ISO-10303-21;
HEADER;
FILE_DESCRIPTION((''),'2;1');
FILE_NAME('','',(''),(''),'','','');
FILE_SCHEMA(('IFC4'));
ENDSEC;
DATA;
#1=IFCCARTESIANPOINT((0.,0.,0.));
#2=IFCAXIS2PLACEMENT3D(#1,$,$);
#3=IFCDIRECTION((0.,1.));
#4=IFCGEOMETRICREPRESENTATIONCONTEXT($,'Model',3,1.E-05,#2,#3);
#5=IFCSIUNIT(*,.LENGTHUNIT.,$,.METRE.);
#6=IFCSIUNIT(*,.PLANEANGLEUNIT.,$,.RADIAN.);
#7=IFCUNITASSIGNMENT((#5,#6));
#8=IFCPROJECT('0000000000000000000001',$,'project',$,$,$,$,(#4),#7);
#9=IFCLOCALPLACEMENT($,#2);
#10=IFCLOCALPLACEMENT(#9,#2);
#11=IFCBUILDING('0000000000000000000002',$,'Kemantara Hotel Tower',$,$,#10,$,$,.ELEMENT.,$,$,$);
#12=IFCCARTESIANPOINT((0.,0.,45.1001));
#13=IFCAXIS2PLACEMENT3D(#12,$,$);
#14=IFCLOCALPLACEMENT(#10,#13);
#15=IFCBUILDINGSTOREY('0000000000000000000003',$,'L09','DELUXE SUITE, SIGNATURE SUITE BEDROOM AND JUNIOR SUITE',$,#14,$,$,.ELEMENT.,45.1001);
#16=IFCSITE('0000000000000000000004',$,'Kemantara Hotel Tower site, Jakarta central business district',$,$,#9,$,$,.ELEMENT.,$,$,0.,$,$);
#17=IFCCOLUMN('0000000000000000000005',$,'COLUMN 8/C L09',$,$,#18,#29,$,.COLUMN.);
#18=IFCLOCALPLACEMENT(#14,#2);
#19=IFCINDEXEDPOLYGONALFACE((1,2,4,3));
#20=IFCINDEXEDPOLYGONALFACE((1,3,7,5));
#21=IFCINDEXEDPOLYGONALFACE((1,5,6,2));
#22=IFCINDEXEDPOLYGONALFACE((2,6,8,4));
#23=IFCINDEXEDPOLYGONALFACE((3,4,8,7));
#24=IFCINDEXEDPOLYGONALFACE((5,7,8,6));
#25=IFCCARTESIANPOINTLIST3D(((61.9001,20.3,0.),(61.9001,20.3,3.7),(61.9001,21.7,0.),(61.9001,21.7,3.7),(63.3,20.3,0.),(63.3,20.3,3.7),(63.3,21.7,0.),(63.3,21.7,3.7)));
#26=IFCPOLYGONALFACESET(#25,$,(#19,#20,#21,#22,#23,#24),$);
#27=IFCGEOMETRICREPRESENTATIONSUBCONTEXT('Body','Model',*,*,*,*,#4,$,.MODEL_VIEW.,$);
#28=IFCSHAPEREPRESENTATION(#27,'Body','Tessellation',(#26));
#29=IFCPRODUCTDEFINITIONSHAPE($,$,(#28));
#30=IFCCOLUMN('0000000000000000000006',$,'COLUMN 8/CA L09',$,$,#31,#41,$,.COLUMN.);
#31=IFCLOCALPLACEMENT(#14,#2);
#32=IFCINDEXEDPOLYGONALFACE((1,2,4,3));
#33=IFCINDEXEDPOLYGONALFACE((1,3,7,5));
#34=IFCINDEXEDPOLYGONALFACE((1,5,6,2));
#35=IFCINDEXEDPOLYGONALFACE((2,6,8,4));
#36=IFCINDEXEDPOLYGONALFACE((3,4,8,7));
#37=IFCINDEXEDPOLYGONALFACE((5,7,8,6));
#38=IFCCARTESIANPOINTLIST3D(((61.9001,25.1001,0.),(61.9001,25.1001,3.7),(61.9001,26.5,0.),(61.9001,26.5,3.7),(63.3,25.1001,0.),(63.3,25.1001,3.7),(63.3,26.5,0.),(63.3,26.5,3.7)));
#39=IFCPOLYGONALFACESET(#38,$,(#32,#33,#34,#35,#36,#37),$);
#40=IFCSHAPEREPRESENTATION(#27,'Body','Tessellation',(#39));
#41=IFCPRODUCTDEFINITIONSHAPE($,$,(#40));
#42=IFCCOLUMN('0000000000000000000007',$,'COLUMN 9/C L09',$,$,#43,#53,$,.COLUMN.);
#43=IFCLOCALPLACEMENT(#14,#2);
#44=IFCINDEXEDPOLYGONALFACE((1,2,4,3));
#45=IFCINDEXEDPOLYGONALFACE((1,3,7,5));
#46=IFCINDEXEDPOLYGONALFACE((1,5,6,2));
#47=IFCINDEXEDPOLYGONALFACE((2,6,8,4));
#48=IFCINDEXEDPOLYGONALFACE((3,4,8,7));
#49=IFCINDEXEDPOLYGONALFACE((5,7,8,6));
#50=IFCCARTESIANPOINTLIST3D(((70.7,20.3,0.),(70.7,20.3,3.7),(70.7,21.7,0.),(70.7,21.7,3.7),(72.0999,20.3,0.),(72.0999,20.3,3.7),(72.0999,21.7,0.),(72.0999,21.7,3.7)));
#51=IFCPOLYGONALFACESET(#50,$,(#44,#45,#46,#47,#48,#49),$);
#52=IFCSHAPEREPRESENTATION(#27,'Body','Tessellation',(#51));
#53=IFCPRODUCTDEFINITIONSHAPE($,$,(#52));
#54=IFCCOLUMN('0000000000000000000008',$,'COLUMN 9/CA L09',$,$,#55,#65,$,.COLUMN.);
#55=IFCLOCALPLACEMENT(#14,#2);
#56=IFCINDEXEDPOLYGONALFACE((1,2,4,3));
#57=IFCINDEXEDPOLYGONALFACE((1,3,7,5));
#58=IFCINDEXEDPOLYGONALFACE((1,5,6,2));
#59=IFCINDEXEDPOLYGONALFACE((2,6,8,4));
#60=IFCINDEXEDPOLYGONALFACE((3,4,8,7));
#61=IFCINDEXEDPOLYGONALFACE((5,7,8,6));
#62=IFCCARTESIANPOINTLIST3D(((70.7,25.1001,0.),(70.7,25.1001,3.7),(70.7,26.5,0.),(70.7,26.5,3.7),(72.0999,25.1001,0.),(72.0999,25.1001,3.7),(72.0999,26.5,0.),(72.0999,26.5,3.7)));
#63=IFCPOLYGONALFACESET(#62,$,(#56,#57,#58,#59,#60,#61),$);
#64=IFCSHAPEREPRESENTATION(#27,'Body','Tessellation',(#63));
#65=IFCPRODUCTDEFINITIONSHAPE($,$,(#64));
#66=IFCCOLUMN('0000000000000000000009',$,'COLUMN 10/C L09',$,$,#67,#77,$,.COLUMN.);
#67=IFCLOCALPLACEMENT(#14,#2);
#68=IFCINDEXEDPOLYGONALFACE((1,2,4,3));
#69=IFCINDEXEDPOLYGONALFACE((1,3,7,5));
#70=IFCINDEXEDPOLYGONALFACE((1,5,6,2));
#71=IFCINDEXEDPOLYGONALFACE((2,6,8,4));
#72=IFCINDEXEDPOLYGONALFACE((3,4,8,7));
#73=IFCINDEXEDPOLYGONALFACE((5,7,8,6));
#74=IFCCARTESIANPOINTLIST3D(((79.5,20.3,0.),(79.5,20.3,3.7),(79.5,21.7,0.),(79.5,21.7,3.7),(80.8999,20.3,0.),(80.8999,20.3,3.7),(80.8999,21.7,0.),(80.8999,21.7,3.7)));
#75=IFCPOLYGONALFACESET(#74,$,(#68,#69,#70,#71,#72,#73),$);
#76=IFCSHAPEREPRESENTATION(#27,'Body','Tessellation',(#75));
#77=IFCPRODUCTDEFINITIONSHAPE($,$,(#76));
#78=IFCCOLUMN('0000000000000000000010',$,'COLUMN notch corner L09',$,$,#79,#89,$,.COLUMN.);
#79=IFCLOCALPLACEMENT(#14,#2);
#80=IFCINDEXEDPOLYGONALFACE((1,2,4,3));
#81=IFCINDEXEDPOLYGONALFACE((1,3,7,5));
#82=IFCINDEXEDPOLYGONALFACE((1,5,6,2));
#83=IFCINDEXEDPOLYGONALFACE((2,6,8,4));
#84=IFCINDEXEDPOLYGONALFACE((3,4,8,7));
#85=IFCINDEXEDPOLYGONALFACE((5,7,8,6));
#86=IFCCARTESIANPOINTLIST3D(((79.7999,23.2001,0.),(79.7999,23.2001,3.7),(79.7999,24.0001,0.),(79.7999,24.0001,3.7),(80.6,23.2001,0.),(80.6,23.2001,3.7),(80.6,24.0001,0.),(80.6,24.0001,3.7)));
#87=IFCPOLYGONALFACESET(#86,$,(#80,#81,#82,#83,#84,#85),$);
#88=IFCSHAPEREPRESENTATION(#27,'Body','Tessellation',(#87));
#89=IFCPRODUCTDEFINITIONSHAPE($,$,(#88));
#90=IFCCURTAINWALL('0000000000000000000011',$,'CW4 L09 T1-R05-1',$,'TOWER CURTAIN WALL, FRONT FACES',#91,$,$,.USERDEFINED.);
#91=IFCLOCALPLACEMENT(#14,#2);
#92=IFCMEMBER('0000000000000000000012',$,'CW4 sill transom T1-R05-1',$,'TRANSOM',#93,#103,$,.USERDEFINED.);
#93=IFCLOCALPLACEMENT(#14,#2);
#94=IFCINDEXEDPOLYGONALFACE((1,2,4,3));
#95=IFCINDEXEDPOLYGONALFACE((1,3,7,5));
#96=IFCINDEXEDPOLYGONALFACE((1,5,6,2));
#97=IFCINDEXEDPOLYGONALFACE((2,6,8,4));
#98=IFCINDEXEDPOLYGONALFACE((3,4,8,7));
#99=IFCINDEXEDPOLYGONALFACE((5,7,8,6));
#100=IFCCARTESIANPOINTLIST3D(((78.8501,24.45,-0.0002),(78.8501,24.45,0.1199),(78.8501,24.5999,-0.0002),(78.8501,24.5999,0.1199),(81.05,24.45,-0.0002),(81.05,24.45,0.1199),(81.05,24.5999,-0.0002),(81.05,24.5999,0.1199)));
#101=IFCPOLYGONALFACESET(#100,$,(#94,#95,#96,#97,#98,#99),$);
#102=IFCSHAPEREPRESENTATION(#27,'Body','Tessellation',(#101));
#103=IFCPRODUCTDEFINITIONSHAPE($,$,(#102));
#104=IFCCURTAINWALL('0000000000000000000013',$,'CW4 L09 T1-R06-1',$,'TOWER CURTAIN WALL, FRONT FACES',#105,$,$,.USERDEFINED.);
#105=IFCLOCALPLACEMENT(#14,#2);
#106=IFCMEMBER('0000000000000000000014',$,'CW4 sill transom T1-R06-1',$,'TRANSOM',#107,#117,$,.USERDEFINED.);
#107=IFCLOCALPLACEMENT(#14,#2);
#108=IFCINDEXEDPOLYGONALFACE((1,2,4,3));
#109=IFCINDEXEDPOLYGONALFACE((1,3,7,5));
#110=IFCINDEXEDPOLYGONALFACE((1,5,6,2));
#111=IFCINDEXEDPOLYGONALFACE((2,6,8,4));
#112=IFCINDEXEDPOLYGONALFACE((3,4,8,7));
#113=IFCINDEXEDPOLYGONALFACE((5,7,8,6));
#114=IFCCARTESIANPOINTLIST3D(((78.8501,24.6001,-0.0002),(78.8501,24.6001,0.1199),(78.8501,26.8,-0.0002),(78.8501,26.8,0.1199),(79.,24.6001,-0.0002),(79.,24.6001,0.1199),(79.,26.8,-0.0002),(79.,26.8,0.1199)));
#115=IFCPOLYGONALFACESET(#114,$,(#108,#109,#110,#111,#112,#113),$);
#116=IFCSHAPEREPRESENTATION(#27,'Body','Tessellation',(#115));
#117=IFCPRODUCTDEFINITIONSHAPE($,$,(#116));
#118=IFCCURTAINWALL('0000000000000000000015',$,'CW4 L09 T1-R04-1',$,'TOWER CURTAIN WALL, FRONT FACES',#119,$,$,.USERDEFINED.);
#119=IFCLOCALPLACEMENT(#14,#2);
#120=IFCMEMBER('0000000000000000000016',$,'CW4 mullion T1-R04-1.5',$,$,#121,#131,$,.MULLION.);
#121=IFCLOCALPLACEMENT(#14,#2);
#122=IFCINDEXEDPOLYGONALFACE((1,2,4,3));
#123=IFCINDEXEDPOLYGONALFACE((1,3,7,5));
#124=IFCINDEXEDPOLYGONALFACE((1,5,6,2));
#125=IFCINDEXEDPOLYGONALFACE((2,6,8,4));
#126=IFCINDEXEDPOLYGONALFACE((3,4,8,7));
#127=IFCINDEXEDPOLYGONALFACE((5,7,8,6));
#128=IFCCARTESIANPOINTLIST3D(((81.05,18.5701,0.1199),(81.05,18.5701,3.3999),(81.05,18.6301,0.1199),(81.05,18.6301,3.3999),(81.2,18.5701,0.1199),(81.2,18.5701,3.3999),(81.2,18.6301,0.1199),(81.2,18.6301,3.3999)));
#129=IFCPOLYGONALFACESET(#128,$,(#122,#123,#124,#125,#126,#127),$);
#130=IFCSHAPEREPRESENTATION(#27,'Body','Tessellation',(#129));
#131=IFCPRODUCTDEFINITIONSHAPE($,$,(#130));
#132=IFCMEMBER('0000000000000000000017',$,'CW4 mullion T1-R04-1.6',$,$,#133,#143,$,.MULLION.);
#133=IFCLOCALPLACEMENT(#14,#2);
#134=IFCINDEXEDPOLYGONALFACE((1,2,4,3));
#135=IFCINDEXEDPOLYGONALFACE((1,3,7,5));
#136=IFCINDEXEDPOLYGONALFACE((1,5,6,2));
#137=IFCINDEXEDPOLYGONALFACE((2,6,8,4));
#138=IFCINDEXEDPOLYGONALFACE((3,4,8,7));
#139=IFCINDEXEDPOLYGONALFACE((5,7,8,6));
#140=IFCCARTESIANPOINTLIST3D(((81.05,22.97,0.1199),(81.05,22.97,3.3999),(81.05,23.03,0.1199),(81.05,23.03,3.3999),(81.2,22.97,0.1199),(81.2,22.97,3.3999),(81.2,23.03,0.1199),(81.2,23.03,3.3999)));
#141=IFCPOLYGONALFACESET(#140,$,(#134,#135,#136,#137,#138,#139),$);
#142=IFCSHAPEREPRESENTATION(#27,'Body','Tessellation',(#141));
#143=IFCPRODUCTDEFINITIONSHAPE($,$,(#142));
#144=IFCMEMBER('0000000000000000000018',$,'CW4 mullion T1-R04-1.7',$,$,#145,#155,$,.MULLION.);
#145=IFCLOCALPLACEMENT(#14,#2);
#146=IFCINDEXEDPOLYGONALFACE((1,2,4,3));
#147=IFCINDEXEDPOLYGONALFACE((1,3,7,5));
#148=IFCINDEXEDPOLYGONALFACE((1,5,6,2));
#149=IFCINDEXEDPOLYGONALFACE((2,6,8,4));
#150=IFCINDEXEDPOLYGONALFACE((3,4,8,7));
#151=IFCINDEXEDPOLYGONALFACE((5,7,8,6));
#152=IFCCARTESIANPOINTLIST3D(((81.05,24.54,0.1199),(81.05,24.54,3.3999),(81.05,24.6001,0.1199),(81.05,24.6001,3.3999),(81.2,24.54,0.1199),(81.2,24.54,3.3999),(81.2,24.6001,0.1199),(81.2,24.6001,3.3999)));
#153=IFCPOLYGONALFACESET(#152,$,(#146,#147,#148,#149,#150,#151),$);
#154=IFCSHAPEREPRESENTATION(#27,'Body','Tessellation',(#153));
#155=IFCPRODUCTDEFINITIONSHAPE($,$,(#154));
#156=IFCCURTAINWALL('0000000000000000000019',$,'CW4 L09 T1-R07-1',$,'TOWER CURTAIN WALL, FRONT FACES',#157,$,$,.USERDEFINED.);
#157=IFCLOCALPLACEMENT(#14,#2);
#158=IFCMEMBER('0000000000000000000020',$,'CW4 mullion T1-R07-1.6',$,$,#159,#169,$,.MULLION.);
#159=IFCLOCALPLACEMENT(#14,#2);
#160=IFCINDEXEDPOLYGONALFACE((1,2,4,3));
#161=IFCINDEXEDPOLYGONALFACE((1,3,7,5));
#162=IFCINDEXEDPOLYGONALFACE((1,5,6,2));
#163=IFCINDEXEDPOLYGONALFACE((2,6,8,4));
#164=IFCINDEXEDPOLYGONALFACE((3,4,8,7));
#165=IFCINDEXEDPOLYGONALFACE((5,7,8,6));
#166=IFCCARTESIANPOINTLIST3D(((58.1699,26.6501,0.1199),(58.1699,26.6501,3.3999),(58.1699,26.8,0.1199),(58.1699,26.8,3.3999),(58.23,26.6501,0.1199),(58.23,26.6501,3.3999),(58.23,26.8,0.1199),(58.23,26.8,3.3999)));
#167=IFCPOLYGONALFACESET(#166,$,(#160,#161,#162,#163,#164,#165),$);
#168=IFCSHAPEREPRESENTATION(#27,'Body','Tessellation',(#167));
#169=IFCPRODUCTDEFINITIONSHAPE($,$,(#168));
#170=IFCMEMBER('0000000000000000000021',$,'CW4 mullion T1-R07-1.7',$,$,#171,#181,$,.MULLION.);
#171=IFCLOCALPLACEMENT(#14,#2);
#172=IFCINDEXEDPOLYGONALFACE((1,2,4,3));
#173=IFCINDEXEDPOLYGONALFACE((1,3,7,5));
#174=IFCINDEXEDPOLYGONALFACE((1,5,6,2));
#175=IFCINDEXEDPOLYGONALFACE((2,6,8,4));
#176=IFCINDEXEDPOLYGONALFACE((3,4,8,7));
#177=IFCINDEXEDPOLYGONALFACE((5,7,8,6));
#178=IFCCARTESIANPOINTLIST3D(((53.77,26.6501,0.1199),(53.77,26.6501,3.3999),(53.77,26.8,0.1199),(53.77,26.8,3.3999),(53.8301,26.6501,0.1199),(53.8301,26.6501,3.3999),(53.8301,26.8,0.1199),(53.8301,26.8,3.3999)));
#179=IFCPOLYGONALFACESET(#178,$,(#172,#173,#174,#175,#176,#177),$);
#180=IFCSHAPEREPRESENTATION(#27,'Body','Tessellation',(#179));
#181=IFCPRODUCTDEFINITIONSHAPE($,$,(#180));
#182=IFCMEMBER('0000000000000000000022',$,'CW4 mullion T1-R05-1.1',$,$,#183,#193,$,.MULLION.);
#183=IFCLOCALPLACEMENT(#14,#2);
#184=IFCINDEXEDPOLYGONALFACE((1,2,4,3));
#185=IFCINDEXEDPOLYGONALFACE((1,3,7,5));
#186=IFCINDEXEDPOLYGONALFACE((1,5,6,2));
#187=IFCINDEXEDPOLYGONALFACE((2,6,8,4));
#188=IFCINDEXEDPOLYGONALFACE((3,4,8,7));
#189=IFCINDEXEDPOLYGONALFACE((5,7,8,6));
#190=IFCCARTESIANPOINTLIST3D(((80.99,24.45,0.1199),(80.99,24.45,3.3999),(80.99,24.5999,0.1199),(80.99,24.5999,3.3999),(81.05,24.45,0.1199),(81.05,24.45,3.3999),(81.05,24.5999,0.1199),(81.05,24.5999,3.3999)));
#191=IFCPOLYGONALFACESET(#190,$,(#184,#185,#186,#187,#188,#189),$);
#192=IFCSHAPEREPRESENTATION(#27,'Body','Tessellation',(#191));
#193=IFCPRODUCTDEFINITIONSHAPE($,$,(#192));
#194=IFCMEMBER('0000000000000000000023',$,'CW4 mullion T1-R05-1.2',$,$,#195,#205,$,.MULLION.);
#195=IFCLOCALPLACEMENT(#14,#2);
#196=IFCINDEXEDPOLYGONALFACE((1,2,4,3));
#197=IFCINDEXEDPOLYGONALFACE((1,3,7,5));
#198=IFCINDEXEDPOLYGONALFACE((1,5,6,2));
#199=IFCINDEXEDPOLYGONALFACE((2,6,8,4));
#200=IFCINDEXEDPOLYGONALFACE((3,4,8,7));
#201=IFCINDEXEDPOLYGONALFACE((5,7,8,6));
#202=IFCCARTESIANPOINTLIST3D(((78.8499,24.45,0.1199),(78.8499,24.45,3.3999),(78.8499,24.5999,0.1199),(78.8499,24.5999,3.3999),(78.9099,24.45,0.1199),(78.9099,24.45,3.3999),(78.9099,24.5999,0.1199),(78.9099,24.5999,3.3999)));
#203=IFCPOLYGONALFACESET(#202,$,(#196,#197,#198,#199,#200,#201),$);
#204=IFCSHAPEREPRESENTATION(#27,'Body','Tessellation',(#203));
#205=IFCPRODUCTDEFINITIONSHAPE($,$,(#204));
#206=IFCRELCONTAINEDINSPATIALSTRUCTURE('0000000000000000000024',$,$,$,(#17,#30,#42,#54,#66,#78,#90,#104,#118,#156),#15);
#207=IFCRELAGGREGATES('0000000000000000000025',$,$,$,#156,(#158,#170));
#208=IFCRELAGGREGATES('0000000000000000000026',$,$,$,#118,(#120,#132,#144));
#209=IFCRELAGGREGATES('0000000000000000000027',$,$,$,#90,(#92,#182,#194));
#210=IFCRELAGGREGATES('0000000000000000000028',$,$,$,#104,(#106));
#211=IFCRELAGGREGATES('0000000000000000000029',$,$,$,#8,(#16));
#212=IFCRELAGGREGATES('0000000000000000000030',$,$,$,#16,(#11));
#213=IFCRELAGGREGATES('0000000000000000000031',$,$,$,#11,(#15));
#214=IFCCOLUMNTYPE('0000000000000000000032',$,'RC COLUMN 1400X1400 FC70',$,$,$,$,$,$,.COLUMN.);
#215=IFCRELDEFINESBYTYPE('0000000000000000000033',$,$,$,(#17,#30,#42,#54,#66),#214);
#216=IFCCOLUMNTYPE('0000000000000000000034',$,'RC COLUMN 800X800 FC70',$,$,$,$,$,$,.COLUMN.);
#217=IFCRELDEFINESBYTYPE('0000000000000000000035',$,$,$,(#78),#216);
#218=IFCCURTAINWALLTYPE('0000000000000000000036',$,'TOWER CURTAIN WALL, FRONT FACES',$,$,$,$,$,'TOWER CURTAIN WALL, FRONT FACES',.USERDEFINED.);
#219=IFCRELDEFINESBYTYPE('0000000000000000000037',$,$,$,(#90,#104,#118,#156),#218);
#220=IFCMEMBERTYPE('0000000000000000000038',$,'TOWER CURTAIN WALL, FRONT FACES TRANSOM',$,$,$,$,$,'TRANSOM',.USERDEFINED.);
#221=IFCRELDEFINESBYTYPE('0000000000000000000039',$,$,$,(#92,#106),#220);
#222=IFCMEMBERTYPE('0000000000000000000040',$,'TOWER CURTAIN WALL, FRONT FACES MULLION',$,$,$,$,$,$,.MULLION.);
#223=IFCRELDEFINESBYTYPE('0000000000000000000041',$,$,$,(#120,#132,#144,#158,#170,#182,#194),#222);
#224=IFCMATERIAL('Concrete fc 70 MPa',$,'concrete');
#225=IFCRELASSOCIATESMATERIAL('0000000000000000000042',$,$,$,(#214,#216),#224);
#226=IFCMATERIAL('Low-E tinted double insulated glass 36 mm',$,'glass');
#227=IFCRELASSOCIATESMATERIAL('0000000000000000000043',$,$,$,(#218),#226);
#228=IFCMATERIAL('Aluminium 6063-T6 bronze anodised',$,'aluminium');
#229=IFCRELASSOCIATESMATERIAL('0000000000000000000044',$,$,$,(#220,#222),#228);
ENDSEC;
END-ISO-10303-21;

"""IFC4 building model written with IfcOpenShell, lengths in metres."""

from ifc_helpers import new_model, si_unit, direction, frame, origin, origin_2d, place, context, subcontext, project, spatial, rectangle, extrude, source, transform, mapped, material, material_profile, profile_set, type_object, element, aggregate, save


model = new_model("IFC4")

# Units and contexts
model_context = context("Model", 3, precision=1e-05, world=origin(), true_north=direction((0.0, 1.0)))
body_context = subcontext(model_context, "Body", "Model", "MODEL_VIEW")
ifc_project = project(units=[si_unit("LENGTHUNIT", "METRE"), si_unit("PLANEANGLEUNIT", "RADIAN")], contexts=[model_context])

# Site, building, storey
site_placement = place(None, origin())
site = spatial("IfcSite", under=ifc_project, at=site_placement, Name="Kemantara Hotel Tower site, Jakarta central business district", CompositionType="ELEMENT", RefElevation=0.0)
building_placement = place(site_placement, origin())
building = spatial("IfcBuilding", under=site, at=building_placement, Name="Kemantara Hotel Tower", CompositionType="ELEMENT")
storey_placement = place(building_placement, frame((0.0, 0.0, 45.1001)))
storey = spatial("IfcBuildingStorey", under=building, at=storey_placement, Name="L09", Description="DELUXE SUITE, SIGNATURE SUITE BEDROOM AND JUNIOR SUITE", CompositionType="ELEMENT", Elevation=45.1001)

# Columns
ifc_material_1 = material(Name="Concrete fc 70 MPa", Category="concrete")
ifc_material_profile_1 = material_profile(ifc_material_1, rectangle(XDim=1.3999, YDim=1.3999, at=origin_2d()), Name="RC 1400X1400")
ifc_profile_set_1 = profile_set([ifc_material_profile_1], Name="Concrete fc 70 MPa")
column_type_1 = type_object("IfcColumnType", Name="RC COLUMN 1400X1400 FC70", PredefinedType="COLUMN", material=ifc_profile_set_1)
for number, where, z_axis, x_axis, name in (
    (1, (62.6001, 21.0, 0.0), (0.0, 0.0, 1.0), (1.0, 0.0, 0.0), "COLUMN 8/C L09"),
    (2, (62.6001, 25.8, 0.0), (0.0, 0.0, 1.0), (1.0, 0.0, 0.0), "COLUMN 8/CA L09"),
    (3, (71.3999, 21.0, 0.0), (0.0, 0.0, 1.0), (1.0, 0.0, 0.0), "COLUMN 9/C L09"),
    (4, (71.3999, 25.8, 0.0), (0.0, 0.0, 1.0), (1.0, 0.0, 0.0), "COLUMN 9/CA L09"),
    (5, (80.2, 21.0, 0.0), (0.0, 0.0, 1.0), (1.0, 0.0, 0.0), "COLUMN 10/C L09"),
):
    element("IfcColumn", number, at=place(storey_placement, frame(where, z_axis=z_axis, x_axis=x_axis)), inside=storey, type_object=column_type_1, Name=name, PredefinedType="COLUMN", context=body_context, shape_type="SweptSolid", body=[
        extrude(rectangle(XDim=1.3999, YDim=1.3999, at=origin_2d()), origin(), (0.0, 0.0, 1.0), 3.7),
    ])
ifc_material_profile_2 = material_profile(ifc_material_1, rectangle(XDim=0.8, YDim=0.8, at=origin_2d()), Name="RC 800X800")
ifc_profile_set_2 = profile_set([ifc_material_profile_2], Name="Concrete fc 70 MPa")
column_type_2 = type_object("IfcColumnType", Name="RC COLUMN 800X800 FC70", PredefinedType="COLUMN", material=ifc_profile_set_2)
column_placement = place(storey_placement, frame((80.2, 23.6001, 0.0), z_axis=(0.0, 0.0, 1.0), x_axis=(1.0, 0.0, 0.0)))
element("IfcColumn", 6, at=column_placement, inside=storey, type_object=column_type_2, Name="COLUMN notch corner L09", PredefinedType="COLUMN", context=body_context, shape_type="SweptSolid", body=[
    extrude(rectangle(XDim=0.8, YDim=0.8, at=origin_2d()), origin(), (0.0, 0.0, 1.0), 3.7),
])

# Curtain walls, members
ifc_material_2 = material(Name="Low-E tinted double insulated glass 36 mm", Category="glass")
curtain_wall_type = type_object("IfcCurtainWallType", Name="TOWER CURTAIN WALL, FRONT FACES", ElementType="TOWER CURTAIN WALL, FRONT FACES", PredefinedType="USERDEFINED", material=ifc_material_2)
curtain_wall_1_placement = place(storey_placement, origin())
curtain_wall_1 = element("IfcCurtainWall", 7, at=curtain_wall_1_placement, inside=storey, type_object=curtain_wall_type, Name="CW4 L09 T1-R05-1", ObjectType="TOWER CURTAIN WALL, FRONT FACES", PredefinedType="USERDEFINED")
ifc_material_3 = material(Name="Aluminium 6063-T6 bronze anodised", Category="aluminium")
ifc_material_profile_3 = material_profile(ifc_material_3, rectangle(XDim=0.1499, YDim=0.1201, at=origin_2d()), Name="TOWER CURTAIN WALL, FRONT FACES TRANSOM")
ifc_profile_set_3 = profile_set([ifc_material_profile_3], Name="Aluminium 6063-T6 bronze anodised")
member_type_1 = type_object("IfcMemberType", Name="TOWER CURTAIN WALL, FRONT FACES TRANSOM", ElementType="TRANSOM", PredefinedType="USERDEFINED", material=ifc_profile_set_3)
member_1_placement = place(storey_placement, frame((81.05, 24.5249, 0.0598), z_axis=(-1.0, 0.0, 0.0), x_axis=(0.0, -1.0, 0.0)))
member_1 = element("IfcMember", 8, at=member_1_placement, type_object=member_type_1, Name="CW4 sill transom T1-R05-1", ObjectType="TRANSOM", PredefinedType="USERDEFINED", context=body_context, shape_type="SweptSolid", body=[
    extrude(rectangle(XDim=0.1499, YDim=0.1201, at=origin_2d()), origin(), (0.0, 0.0, 1.0), 2.2),
])
curtain_wall_2_placement = place(storey_placement, origin())
curtain_wall_2 = element("IfcCurtainWall", 9, at=curtain_wall_2_placement, inside=storey, type_object=curtain_wall_type, Name="CW4 L09 T1-R06-1", ObjectType="TOWER CURTAIN WALL, FRONT FACES", PredefinedType="USERDEFINED")
member_2_placement = place(storey_placement, frame((78.925, 24.6001, 0.0598), z_axis=(0.0, 1.0, 0.0), x_axis=(-1.0, 0.0, 0.0)))
member_2 = element("IfcMember", 10, at=member_2_placement, type_object=member_type_1, Name="CW4 sill transom T1-R06-1", ObjectType="TRANSOM", PredefinedType="USERDEFINED", context=body_context, shape_type="SweptSolid", body=[
    extrude(rectangle(XDim=0.1499, YDim=0.1201, at=origin_2d()), origin(), (0.0, 0.0, 1.0), 2.2),
])

# Curtain walls, members
curtain_wall_3_placement = place(storey_placement, origin())
curtain_wall_3 = element("IfcCurtainWall", 11, at=curtain_wall_3_placement, inside=storey, type_object=curtain_wall_type, Name="CW4 L09 T1-R04-1", ObjectType="TOWER CURTAIN WALL, FRONT FACES", PredefinedType="USERDEFINED")
ifc_material_profile_4 = material_profile(ifc_material_3, rectangle(XDim=0.1499, YDim=0.0601, at=origin_2d()), Name="TOWER CURTAIN WALL, FRONT FACES MULLION")
ifc_profile_set_4 = profile_set([ifc_material_profile_4], Name="Aluminium 6063-T6 bronze anodised")
member_type_2 = type_object("IfcMemberType", Name="TOWER CURTAIN WALL, FRONT FACES MULLION", PredefinedType="MULLION", material=ifc_profile_set_4)
shared_shape_1 = source(origin(), body_context, "Body", "SweptSolid", [
    extrude(rectangle(XDim=0.1499, YDim=0.0601, at=origin_2d()), origin(), (0.0, 0.0, 1.0), 3.28),
])
member_3_placement = place(storey_placement, frame((81.125, 18.6001, 0.1199), z_axis=(0.0, 0.0, 1.0), x_axis=(-1.0, 0.0, 0.0)))
member_3 = element("IfcMember", 12, at=member_3_placement, type_object=member_type_2, Name="CW4 mullion T1-R04-1.5", PredefinedType="MULLION", context=body_context, shape_type="MappedRepresentation", body=[
    mapped(shared_shape_1, transform((0.0, 0.0, 0.0))),
])
member_4_placement = place(storey_placement, frame((81.125, 23.0, 0.1199), z_axis=(0.0, 0.0, 1.0), x_axis=(-1.0, 0.0, 0.0)))
member_4 = element("IfcMember", 13, at=member_4_placement, type_object=member_type_2, Name="CW4 mullion T1-R04-1.6", PredefinedType="MULLION", context=body_context, shape_type="MappedRepresentation", body=[
    mapped(shared_shape_1, transform((0.0, 0.0, 0.0))),
])
member_5_placement = place(storey_placement, frame((81.125, 24.5701, 0.1199), z_axis=(0.0, 0.0, 1.0), x_axis=(-1.0, 0.0, 0.0)))
member_5 = element("IfcMember", 14, at=member_5_placement, type_object=member_type_2, Name="CW4 mullion T1-R04-1.7", PredefinedType="MULLION", context=body_context, shape_type="MappedRepresentation", body=[
    mapped(shared_shape_1, transform((0.0, 0.0, 0.0))),
])
curtain_wall_4_placement = place(storey_placement, origin())
curtain_wall_4 = element("IfcCurtainWall", 15, at=curtain_wall_4_placement, inside=storey, type_object=curtain_wall_type, Name="CW4 L09 T1-R07-1", ObjectType="TOWER CURTAIN WALL, FRONT FACES", PredefinedType="USERDEFINED")
member_6_placement = place(storey_placement, frame((58.2, 26.7251, 0.1199), z_axis=(0.0, 0.0, 1.0), x_axis=(0.0, -1.0, 0.0)))
member_6 = element("IfcMember", 16, at=member_6_placement, type_object=member_type_2, Name="CW4 mullion T1-R07-1.6", PredefinedType="MULLION", context=body_context, shape_type="MappedRepresentation", body=[
    mapped(shared_shape_1, transform((0.0, 0.0, 0.0))),
])
member_7_placement = place(storey_placement, frame((53.8, 26.7251, 0.1199), z_axis=(0.0, 0.0, 1.0), x_axis=(0.0, -1.0, 0.0)))
member_7 = element("IfcMember", 17, at=member_7_placement, type_object=member_type_2, Name="CW4 mullion T1-R07-1.7", PredefinedType="MULLION", context=body_context, shape_type="MappedRepresentation", body=[
    mapped(shared_shape_1, transform((0.0, 0.0, 0.0))),
])

# Members
member_8_placement = place(storey_placement, frame((81.02, 24.5249, 0.1199), z_axis=(0.0, 0.0, 1.0), x_axis=(0.0, -1.0, 0.0)))
member_8 = element("IfcMember", 18, at=member_8_placement, type_object=member_type_2, Name="CW4 mullion T1-R05-1.1", PredefinedType="MULLION", context=body_context, shape_type="MappedRepresentation", body=[
    mapped(shared_shape_1, transform((0.0, 0.0, 0.0))),
])
member_9_placement = place(storey_placement, frame((78.8799, 24.5249, 0.1199), z_axis=(0.0, 0.0, 1.0), x_axis=(0.0, -1.0, 0.0)))
member_9 = element("IfcMember", 19, at=member_9_placement, type_object=member_type_2, Name="CW4 mullion T1-R05-1.2", PredefinedType="MULLION", context=body_context, shape_type="MappedRepresentation", body=[
    mapped(shared_shape_1, transform((0.0, 0.0, 0.0))),
])

aggregate(curtain_wall_4, [member_6, member_7])
aggregate(curtain_wall_3, [member_3, member_4, member_5])
aggregate(curtain_wall_1, [member_1, member_8, member_9])
aggregate(curtain_wall_2, [member_2])

save(model, "model.ifc")
